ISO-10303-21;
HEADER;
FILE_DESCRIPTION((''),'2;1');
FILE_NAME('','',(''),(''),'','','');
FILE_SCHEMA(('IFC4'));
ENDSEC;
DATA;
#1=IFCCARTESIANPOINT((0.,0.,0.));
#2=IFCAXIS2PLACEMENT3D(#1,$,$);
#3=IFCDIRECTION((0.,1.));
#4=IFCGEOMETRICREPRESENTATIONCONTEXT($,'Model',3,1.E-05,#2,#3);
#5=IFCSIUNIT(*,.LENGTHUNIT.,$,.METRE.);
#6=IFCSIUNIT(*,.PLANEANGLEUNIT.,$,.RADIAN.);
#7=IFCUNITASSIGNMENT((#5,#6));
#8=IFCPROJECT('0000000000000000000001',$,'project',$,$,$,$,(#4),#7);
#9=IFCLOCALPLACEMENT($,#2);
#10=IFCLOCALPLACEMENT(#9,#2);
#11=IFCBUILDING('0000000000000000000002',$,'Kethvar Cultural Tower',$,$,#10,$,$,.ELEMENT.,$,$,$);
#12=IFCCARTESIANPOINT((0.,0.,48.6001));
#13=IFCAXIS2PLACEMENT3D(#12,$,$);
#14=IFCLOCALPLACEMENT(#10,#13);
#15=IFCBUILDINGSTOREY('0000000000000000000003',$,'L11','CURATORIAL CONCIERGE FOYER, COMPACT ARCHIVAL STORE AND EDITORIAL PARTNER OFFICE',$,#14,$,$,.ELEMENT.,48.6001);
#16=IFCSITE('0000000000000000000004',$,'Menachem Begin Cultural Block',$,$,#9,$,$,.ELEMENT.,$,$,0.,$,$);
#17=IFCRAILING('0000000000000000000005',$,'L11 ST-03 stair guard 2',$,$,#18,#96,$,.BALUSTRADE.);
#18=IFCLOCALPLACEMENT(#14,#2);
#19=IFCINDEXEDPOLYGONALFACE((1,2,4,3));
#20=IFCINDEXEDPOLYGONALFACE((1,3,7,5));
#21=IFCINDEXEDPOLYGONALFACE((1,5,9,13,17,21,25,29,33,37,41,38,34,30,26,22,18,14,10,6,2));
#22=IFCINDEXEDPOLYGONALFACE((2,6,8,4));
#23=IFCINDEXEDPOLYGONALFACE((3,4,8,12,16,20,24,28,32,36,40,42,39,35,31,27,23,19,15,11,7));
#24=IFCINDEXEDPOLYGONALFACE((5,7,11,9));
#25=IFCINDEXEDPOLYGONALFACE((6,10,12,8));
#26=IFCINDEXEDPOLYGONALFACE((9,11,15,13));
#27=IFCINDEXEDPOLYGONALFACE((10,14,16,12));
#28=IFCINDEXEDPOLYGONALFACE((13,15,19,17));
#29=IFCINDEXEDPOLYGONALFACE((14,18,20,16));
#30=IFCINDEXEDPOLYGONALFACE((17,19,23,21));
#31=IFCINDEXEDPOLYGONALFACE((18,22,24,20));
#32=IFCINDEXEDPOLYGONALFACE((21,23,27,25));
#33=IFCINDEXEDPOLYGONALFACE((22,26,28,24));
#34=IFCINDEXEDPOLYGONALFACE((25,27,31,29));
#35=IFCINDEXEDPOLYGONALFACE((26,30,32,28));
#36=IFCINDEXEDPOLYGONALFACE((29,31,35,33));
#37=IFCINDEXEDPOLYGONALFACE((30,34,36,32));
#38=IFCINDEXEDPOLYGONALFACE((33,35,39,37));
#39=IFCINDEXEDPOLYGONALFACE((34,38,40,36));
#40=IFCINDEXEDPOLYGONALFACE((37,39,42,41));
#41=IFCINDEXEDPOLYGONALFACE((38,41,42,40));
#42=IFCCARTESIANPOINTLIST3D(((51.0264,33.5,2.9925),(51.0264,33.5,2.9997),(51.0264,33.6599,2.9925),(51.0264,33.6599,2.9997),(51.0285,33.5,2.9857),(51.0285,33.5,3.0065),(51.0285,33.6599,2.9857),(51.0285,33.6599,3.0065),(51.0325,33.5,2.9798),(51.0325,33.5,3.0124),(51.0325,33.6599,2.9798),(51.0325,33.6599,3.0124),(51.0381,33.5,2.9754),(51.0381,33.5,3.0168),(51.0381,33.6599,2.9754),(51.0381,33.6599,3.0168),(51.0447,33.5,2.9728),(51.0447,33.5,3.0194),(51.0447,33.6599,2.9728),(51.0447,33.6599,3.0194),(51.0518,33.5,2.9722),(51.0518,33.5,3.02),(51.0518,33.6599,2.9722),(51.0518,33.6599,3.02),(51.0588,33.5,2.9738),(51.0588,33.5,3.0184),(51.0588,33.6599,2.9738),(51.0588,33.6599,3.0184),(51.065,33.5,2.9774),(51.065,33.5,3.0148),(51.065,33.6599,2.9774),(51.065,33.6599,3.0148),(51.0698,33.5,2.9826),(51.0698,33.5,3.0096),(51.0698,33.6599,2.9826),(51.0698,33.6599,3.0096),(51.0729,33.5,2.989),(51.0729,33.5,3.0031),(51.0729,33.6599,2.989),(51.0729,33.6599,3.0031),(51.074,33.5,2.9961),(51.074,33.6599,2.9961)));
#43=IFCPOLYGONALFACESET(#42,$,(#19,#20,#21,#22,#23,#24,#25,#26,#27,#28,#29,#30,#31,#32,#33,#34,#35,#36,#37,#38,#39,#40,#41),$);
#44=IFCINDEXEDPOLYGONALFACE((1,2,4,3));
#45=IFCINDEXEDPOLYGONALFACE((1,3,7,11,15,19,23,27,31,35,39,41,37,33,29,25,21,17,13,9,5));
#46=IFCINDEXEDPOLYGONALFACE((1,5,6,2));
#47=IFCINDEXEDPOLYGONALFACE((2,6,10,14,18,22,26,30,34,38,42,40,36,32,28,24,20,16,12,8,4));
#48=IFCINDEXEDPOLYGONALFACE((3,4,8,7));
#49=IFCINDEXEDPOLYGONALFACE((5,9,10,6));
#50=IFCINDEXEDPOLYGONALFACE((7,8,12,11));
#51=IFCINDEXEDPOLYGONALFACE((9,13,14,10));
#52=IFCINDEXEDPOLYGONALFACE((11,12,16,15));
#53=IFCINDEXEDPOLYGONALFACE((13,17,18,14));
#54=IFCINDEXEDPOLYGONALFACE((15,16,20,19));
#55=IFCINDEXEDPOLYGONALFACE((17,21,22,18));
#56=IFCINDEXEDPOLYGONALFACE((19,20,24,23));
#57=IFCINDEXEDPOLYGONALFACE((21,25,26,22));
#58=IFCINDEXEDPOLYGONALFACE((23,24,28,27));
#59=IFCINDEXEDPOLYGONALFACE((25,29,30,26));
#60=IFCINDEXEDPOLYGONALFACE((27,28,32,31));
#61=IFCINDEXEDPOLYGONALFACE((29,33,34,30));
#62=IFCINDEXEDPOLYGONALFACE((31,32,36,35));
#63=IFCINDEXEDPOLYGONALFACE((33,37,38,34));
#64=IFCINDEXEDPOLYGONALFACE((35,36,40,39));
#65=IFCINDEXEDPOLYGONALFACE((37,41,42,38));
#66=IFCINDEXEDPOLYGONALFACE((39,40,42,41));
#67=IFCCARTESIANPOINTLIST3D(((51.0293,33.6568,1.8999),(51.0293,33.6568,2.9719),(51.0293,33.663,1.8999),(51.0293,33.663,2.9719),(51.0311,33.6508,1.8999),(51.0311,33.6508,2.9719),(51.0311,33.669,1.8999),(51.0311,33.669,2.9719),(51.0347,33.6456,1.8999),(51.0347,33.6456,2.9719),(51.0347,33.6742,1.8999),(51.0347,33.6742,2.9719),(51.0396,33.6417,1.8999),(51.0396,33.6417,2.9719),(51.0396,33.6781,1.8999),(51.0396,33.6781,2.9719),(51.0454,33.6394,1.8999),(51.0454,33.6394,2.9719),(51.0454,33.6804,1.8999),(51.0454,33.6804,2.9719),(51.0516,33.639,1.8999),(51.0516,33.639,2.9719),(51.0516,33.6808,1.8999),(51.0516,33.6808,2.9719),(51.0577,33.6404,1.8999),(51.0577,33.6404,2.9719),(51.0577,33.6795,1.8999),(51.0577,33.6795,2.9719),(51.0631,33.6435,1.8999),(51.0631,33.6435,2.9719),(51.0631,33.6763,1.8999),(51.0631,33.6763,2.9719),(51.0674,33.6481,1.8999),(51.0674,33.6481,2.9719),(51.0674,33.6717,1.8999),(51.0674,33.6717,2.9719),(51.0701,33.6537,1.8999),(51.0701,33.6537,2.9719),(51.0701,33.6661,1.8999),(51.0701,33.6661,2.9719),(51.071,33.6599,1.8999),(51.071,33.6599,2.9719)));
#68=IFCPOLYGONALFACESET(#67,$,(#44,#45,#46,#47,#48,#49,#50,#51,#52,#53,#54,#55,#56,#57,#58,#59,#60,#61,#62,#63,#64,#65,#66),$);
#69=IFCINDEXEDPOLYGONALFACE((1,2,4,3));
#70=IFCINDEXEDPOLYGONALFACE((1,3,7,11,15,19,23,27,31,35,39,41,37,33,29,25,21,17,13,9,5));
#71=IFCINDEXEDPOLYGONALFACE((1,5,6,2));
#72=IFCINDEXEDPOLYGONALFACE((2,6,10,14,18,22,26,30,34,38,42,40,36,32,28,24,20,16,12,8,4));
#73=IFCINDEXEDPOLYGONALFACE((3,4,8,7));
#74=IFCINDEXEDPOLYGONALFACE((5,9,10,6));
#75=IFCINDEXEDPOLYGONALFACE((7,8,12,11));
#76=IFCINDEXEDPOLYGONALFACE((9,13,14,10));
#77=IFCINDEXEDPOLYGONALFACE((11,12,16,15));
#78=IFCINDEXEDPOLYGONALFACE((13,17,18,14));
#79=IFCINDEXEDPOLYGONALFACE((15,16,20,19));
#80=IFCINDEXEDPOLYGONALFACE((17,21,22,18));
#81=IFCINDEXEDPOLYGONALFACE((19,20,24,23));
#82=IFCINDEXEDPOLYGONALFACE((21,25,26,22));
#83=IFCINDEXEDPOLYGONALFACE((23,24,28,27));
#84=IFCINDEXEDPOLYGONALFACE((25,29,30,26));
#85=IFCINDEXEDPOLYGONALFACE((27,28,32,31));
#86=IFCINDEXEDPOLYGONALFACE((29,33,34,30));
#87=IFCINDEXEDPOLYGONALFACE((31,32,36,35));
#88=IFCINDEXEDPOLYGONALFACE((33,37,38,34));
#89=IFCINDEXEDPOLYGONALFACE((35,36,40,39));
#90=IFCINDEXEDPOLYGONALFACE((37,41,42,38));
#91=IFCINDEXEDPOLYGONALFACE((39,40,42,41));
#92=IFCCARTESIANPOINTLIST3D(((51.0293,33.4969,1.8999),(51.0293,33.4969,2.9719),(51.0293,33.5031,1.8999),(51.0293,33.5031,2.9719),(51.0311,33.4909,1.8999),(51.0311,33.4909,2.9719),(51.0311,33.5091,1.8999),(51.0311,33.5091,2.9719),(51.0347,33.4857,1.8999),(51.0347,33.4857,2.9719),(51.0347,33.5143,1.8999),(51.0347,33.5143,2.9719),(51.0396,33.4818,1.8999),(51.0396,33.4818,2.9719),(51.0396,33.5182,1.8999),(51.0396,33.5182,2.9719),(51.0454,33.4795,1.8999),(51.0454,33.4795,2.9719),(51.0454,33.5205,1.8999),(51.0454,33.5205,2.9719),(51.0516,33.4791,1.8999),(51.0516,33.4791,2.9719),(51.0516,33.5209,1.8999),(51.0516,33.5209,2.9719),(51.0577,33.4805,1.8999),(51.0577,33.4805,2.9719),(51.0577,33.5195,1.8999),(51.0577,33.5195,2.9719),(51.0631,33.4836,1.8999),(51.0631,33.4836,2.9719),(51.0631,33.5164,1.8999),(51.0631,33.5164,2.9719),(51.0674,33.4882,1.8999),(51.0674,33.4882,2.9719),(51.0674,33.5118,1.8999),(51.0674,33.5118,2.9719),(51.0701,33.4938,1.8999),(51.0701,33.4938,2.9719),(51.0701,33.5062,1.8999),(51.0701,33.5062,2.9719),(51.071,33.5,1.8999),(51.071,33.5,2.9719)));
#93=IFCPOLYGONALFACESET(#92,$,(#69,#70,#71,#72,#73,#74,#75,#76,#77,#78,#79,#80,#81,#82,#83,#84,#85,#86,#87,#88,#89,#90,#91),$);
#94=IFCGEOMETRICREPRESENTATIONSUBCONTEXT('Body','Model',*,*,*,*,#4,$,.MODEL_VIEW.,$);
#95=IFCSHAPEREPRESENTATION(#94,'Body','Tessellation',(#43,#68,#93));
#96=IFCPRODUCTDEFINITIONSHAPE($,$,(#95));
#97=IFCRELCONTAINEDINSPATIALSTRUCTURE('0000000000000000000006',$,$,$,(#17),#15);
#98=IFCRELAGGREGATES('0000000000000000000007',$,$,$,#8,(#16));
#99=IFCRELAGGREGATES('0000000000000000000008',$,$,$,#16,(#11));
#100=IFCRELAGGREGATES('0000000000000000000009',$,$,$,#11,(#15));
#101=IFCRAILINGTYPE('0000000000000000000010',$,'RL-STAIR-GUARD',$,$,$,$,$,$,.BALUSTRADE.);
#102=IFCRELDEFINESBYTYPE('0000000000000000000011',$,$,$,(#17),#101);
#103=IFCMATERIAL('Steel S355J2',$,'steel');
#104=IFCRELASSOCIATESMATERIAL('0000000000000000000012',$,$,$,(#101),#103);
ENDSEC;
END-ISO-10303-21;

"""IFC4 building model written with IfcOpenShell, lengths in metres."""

from ifc_helpers import new_model, si_unit, direction, frame, origin, origin_2d, place, context, subcontext, project, spatial, circle, extrude, material, type_object, element, save


model = new_model("IFC4")

# Units and contexts
model_context = context("Model", 3, precision=1e-05, world=origin(), true_north=direction((0.0, 1.0)))
body_context = subcontext(model_context, "Body", "Model", "MODEL_VIEW")
ifc_project = project(units=[si_unit("LENGTHUNIT", "METRE"), si_unit("PLANEANGLEUNIT", "RADIAN")], contexts=[model_context])

# Site, building, storey
site_placement = place(None, origin())
site = spatial("IfcSite", under=ifc_project, at=site_placement, Name="Menachem Begin Cultural Block", CompositionType="ELEMENT", RefElevation=0.0)
building_placement = place(site_placement, origin())
building = spatial("IfcBuilding", under=site, at=building_placement, Name="Kethvar Cultural Tower", CompositionType="ELEMENT")
storey_placement = place(building_placement, frame((0.0, 0.0, 48.6001)))
storey = spatial("IfcBuildingStorey", under=building, at=storey_placement, Name="L11", Description="CURATORIAL CONCIERGE FOYER, COMPACT ARCHIVAL STORE AND EDITORIAL PARTNER OFFICE", CompositionType="ELEMENT", Elevation=48.6001)

# Shared definitions
ifc_material_1 = material(Name="Steel S355J2", Category="steel")

# Railing
railing_type_1 = type_object("IfcRailingType", Name="RL-STAIR-GUARD", PredefinedType="BALUSTRADE", material=ifc_material_1)
railing_1_placement = place(storey_placement, frame((51.05, 33.6599, 1.8999)))
element("IfcRailing", 1, at=railing_1_placement, inside=storey, type_object=railing_type_1, Name="L11 ST-03 stair guard 2", PredefinedType="BALUSTRADE", context=body_context, shape_type="SweptSolid", body=[
    extrude(circle(Radius=0.0239, at=origin_2d()), frame((0.0, 0.0, 1.0962), z_axis=(0.0, -1.0, 0.0), x_axis=(1.0, 0.0, 0.0)), (0.0, 0.0, 1.0), 0.1599),
    extrude(circle(Radius=0.021, at=origin_2d()), origin(), (0.0, 0.0, 1.0), 1.072),
    extrude(circle(Radius=0.021, at=origin_2d()), frame((0.0, -0.1599, 0.0)), (0.0, 0.0, 1.0), 1.072),
])

save(model, "model.ifc")
